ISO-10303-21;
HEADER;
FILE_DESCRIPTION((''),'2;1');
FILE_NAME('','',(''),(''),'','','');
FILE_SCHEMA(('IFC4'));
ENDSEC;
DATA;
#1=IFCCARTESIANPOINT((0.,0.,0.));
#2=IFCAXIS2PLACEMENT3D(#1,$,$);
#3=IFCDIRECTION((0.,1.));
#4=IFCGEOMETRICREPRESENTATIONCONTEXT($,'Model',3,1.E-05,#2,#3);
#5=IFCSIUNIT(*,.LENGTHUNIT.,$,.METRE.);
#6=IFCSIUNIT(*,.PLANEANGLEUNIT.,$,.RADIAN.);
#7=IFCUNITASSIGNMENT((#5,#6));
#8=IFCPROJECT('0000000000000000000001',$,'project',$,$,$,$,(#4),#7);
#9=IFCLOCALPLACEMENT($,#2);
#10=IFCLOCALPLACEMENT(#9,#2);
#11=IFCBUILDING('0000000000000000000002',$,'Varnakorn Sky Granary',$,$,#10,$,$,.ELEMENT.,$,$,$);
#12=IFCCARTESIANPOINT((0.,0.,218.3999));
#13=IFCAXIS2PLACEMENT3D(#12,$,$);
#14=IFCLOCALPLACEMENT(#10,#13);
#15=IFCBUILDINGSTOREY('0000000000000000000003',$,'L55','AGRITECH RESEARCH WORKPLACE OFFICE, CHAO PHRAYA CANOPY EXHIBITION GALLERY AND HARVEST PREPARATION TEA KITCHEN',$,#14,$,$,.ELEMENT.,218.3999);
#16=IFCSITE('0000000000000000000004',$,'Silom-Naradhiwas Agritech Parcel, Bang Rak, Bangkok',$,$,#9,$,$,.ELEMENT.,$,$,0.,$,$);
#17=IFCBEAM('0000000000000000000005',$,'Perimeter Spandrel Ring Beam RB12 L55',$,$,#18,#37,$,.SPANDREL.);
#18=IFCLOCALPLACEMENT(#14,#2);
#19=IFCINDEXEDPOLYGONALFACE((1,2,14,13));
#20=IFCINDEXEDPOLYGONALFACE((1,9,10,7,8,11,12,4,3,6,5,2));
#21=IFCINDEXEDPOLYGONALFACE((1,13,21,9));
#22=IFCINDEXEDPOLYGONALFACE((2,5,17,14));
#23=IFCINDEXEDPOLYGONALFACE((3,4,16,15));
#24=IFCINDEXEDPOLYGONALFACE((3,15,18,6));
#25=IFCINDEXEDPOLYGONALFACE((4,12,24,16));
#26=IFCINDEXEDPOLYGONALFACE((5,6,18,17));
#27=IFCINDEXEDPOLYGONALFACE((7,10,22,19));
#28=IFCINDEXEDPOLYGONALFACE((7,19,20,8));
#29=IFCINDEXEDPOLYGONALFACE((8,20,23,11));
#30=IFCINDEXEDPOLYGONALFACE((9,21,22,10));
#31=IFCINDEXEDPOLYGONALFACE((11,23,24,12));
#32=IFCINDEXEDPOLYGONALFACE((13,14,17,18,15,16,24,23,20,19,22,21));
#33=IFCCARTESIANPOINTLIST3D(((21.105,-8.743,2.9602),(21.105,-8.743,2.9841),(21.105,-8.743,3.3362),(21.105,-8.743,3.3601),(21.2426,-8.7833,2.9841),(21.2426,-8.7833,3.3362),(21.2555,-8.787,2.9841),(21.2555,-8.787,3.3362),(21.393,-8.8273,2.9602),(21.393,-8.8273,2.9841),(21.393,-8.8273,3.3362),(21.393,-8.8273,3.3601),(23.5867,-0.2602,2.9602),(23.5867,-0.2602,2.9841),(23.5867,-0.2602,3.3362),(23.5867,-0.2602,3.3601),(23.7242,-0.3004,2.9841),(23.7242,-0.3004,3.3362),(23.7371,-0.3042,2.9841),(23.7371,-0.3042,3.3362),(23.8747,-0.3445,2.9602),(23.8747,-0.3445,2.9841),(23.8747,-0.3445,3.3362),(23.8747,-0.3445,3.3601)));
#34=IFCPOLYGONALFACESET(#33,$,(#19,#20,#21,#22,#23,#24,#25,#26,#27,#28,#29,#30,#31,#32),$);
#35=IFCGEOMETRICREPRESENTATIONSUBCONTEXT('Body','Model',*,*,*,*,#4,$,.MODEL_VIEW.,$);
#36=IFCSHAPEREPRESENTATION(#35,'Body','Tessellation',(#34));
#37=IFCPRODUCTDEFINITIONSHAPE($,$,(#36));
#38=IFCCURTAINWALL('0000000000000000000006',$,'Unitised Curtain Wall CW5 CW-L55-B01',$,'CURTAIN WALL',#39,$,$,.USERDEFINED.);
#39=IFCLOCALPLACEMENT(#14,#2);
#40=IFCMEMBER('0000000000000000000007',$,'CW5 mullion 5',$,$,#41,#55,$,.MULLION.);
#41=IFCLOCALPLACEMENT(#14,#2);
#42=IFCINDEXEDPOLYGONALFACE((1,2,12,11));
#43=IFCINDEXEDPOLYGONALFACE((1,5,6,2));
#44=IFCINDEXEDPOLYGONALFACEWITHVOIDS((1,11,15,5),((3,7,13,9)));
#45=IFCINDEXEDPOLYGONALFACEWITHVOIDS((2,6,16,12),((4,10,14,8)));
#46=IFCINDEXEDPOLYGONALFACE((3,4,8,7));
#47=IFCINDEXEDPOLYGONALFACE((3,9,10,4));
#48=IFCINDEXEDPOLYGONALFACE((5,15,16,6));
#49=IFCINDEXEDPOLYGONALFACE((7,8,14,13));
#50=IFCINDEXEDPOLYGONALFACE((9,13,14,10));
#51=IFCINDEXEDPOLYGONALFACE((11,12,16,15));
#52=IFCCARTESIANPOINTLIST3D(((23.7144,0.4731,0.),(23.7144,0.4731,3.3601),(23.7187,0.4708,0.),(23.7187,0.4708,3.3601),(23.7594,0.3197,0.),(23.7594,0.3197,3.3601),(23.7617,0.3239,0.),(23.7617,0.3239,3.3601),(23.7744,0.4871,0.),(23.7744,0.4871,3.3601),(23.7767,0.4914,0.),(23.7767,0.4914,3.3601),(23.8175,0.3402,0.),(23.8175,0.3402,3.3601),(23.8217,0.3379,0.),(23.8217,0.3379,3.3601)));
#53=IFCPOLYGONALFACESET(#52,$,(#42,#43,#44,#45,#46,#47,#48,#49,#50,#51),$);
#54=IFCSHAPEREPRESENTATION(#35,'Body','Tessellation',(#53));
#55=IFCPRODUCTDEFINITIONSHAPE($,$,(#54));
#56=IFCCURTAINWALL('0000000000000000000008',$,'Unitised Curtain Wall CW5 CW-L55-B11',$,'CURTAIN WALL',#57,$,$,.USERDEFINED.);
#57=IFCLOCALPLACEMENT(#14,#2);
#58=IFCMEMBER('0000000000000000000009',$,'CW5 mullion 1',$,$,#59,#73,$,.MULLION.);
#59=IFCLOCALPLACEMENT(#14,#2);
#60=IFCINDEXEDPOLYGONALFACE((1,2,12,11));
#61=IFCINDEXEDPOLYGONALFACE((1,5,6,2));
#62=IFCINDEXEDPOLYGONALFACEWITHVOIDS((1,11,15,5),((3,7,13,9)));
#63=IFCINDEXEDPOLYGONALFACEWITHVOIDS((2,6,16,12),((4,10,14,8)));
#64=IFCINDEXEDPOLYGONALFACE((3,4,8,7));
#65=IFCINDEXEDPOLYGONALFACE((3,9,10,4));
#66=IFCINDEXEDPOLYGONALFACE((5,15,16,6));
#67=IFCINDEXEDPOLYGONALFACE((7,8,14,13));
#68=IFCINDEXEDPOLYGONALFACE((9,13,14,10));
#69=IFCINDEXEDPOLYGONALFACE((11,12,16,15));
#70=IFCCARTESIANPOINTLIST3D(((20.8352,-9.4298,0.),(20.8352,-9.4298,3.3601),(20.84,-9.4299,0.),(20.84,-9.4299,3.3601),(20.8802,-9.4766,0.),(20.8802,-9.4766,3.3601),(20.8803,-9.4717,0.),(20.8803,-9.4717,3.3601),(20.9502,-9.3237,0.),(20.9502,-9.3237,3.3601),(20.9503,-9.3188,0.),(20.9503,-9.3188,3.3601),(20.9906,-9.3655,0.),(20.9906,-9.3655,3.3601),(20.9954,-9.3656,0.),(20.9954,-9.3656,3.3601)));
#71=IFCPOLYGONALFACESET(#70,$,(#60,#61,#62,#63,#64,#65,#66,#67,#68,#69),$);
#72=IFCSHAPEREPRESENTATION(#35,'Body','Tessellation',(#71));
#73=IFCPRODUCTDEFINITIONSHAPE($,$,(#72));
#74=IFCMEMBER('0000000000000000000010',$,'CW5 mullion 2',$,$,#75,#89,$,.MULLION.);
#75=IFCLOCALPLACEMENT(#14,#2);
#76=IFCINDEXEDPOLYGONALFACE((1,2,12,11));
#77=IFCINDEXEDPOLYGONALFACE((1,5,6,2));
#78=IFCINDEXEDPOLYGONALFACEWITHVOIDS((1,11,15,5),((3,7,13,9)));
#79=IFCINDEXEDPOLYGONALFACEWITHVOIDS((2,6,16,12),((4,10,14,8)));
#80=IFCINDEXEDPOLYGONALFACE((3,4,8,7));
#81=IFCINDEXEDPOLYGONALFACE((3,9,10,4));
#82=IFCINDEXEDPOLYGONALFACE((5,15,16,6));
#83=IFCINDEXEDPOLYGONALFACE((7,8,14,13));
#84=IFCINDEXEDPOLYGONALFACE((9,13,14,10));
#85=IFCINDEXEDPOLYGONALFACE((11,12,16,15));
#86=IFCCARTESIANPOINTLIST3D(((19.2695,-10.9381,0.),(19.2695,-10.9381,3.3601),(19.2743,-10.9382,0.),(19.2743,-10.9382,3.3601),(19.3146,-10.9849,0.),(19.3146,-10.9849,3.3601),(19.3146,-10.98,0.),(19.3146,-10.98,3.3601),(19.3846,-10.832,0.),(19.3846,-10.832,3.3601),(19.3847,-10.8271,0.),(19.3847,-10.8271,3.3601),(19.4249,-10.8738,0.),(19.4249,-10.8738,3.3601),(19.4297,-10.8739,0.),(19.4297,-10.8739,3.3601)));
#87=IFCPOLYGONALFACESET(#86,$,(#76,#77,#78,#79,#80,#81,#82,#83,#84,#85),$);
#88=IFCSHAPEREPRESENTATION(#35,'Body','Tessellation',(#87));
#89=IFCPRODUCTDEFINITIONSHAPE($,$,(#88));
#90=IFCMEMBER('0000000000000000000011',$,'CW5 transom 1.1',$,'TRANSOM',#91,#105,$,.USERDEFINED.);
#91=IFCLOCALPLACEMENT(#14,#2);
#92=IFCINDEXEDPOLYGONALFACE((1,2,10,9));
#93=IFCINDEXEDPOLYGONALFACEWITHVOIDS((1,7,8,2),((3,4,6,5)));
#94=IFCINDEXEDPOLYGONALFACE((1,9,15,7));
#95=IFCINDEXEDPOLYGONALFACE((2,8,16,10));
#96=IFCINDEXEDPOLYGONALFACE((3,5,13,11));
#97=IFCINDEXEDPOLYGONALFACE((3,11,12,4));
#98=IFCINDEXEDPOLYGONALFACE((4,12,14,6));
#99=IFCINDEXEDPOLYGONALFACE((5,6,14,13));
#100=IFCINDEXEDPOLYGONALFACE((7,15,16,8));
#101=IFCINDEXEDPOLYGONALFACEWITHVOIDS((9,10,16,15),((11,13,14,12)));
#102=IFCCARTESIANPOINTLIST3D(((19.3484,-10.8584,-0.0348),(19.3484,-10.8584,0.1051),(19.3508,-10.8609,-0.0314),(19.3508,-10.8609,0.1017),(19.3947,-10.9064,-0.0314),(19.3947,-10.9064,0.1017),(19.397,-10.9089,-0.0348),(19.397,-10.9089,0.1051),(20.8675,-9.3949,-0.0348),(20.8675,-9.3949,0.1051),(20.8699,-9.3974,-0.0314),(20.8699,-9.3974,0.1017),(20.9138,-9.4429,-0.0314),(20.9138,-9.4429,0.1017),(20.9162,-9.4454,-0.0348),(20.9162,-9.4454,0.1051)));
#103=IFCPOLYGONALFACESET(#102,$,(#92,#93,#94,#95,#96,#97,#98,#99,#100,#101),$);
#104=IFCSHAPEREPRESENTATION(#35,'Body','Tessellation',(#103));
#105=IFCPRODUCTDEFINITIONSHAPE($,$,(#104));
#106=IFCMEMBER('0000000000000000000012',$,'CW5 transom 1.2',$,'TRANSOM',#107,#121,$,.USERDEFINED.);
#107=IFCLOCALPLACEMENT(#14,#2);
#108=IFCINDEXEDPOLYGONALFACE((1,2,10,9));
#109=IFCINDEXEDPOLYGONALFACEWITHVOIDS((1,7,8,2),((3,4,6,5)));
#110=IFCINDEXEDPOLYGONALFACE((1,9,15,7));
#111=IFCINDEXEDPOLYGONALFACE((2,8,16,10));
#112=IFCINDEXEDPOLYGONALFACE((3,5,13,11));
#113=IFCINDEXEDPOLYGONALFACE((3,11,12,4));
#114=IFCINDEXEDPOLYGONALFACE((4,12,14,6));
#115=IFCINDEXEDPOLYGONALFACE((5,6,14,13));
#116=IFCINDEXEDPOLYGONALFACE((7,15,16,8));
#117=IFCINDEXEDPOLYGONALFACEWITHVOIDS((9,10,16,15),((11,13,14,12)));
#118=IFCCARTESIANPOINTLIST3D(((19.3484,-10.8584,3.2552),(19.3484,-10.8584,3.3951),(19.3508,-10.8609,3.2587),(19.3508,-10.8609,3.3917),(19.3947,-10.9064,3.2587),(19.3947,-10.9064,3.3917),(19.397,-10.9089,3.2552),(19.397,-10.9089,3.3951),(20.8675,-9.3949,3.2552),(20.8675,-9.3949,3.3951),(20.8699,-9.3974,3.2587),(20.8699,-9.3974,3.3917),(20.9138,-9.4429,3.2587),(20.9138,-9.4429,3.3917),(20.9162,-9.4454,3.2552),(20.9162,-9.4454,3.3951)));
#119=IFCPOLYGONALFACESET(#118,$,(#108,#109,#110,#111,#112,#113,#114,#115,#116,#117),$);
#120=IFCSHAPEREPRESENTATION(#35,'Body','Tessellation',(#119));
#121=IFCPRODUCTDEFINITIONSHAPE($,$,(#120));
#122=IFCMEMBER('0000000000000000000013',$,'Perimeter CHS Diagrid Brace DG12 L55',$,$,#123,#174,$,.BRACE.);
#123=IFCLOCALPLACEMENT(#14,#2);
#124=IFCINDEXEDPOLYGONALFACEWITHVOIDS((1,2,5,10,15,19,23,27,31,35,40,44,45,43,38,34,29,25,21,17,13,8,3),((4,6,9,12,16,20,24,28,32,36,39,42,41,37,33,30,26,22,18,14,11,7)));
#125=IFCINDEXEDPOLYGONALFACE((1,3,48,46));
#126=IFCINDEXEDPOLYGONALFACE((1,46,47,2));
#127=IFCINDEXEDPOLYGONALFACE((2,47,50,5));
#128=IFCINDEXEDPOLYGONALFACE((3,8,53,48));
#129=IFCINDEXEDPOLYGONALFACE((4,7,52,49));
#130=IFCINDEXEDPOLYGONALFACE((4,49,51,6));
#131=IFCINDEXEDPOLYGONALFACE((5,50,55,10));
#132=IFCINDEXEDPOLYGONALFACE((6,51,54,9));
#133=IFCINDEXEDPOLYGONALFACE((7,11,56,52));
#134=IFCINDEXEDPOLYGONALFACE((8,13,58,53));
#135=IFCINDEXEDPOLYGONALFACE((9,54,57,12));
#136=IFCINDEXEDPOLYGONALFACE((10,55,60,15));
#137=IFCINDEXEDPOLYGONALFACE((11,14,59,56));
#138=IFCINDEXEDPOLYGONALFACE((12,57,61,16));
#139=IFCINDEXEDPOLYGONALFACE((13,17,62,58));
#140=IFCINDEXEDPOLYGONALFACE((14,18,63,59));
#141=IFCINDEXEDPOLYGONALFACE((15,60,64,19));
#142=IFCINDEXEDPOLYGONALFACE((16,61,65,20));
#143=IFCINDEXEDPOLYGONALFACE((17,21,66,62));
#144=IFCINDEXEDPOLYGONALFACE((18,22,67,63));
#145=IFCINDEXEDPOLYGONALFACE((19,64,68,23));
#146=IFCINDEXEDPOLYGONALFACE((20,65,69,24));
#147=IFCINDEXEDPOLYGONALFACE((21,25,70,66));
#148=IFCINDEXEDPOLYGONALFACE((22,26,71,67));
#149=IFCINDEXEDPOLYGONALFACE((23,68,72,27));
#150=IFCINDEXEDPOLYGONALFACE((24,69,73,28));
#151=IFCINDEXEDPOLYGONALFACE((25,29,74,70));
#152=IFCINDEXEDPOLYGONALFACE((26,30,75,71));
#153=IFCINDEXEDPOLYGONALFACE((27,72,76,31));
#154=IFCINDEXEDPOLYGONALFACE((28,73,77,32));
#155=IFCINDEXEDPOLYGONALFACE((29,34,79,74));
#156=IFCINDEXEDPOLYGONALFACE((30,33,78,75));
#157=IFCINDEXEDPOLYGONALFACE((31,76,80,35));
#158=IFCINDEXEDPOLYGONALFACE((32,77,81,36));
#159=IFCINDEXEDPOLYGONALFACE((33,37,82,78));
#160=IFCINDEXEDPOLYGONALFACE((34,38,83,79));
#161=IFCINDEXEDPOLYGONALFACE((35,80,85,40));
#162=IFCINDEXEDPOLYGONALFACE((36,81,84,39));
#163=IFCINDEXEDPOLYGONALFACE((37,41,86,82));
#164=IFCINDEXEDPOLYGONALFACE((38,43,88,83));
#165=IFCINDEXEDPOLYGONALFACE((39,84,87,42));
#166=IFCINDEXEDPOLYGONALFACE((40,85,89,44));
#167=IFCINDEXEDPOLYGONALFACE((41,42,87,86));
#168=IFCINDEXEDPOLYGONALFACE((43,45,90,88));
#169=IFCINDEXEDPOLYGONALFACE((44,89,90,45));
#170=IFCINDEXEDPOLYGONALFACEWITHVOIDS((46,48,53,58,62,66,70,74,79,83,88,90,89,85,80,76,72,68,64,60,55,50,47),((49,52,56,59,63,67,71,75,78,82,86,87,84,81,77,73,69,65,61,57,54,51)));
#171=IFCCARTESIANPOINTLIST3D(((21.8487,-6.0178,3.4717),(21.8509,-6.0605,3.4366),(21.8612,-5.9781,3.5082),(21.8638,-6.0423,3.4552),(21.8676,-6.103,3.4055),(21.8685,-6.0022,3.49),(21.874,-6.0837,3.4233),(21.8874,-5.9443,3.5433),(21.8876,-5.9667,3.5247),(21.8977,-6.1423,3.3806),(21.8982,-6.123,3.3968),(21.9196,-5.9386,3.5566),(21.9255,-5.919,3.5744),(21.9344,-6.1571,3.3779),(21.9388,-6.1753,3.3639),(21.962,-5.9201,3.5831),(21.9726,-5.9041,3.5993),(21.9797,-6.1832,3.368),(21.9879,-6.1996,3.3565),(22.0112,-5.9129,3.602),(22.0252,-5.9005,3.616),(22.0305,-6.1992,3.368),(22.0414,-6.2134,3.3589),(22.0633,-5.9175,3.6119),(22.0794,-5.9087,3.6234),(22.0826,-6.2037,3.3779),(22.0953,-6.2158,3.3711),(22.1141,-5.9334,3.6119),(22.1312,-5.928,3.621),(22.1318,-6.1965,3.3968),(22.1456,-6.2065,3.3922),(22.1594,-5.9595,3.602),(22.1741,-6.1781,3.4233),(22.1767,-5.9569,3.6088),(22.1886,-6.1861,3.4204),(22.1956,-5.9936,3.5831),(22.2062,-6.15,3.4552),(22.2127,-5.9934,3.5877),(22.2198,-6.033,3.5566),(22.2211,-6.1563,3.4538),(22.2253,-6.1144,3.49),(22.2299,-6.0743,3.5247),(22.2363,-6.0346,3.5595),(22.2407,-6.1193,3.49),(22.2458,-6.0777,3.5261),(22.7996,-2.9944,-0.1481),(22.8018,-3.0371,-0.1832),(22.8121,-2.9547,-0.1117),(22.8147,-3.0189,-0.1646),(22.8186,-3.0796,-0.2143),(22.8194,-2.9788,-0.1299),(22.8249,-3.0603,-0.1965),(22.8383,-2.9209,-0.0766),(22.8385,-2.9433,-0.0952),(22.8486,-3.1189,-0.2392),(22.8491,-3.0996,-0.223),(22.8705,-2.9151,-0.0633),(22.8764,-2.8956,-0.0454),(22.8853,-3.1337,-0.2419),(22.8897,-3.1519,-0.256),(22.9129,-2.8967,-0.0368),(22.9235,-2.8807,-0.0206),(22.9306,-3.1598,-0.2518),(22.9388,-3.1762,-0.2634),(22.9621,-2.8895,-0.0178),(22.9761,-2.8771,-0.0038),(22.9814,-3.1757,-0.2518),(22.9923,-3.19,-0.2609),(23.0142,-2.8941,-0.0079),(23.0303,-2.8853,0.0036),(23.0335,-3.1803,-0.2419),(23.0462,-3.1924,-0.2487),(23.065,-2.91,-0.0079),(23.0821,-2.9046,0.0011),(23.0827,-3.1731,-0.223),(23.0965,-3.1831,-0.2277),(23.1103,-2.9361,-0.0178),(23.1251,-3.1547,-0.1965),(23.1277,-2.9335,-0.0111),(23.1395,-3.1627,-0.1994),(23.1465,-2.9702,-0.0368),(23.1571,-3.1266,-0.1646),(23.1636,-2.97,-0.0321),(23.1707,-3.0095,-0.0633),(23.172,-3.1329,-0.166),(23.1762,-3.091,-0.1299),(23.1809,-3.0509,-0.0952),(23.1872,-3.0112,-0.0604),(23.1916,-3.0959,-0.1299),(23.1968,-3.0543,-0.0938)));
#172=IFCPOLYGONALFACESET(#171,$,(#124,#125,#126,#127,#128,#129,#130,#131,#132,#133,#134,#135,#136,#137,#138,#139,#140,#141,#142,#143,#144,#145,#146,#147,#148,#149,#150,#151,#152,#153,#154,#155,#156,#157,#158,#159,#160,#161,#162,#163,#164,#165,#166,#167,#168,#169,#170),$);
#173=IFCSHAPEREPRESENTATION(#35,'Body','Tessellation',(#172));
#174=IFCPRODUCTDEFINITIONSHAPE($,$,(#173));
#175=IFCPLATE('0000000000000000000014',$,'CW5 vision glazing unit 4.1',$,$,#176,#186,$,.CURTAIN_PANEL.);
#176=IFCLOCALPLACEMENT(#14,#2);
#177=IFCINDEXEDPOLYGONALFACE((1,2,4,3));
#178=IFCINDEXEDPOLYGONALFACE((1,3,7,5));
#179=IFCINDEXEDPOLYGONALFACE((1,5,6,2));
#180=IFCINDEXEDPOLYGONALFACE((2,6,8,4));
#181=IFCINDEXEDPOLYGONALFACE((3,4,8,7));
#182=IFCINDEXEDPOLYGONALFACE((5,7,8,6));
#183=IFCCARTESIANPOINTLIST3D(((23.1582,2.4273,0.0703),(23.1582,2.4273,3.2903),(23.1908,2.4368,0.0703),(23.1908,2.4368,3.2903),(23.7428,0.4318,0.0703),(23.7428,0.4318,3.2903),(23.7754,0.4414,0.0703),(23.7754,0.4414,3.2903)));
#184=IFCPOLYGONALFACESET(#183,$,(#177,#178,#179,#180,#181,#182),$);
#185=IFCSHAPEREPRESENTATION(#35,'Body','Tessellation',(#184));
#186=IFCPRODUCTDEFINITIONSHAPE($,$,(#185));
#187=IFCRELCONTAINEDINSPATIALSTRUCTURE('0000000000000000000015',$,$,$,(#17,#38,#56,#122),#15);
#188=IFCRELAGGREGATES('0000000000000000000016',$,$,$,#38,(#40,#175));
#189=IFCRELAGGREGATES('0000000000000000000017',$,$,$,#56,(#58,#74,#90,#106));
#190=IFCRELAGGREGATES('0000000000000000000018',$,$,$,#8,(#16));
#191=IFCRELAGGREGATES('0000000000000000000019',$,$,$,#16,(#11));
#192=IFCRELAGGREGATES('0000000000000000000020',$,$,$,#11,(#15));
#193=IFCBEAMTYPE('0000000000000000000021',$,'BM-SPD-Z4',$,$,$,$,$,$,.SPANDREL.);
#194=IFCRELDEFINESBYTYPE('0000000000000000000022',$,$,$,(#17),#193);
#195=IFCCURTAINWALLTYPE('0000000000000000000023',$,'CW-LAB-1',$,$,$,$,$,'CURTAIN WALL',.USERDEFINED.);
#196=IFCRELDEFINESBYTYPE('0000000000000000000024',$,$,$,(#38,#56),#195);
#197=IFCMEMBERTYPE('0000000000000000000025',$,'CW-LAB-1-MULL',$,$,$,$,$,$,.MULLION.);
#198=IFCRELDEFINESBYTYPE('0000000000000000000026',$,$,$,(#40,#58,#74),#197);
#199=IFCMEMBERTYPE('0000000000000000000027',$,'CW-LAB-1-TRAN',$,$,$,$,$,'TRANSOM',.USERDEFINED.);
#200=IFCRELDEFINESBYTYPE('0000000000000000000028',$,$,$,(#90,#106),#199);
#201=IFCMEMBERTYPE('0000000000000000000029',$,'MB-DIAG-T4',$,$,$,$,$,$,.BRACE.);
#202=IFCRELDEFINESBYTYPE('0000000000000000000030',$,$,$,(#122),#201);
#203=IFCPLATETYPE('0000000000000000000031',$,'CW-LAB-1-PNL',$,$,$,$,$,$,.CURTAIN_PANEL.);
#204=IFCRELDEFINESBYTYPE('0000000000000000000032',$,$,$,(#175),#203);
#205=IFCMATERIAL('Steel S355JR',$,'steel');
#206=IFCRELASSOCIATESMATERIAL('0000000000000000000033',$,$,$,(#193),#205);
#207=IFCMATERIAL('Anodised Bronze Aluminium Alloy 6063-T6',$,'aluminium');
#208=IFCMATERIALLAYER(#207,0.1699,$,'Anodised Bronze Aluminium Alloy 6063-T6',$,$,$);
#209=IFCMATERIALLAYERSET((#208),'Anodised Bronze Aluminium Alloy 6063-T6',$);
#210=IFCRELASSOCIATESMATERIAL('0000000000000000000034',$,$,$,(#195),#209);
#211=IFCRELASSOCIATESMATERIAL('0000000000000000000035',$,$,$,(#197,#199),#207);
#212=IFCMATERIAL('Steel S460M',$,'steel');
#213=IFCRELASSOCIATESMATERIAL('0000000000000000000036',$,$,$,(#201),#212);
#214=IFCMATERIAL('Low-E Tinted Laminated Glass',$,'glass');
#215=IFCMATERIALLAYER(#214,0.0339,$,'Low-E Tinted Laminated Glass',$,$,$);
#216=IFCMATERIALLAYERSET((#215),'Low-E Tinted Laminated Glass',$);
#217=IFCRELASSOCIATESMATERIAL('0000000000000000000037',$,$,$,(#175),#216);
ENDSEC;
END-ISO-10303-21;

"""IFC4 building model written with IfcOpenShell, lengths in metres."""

from ifc_helpers import new_model, si_unit, direction, frame, origin, origin_2d, place, context, subcontext, project, spatial, rectangle, hollow_rectangle, hollow_circle, i_section, extrude, source, transform, mapped, material, layer, layer_set, material_profile, profile_set, type_object, element, aggregate, save


model = new_model("IFC4")

# Units and contexts
model_context = context("Model", 3, precision=1e-05, world=origin(), true_north=direction((0.0, 1.0)))
body_context = subcontext(model_context, "Body", "Model", "MODEL_VIEW")
ifc_project = project(units=[si_unit("LENGTHUNIT", "METRE"), si_unit("PLANEANGLEUNIT", "RADIAN")], contexts=[model_context])

# Site, building, storey
site_placement = place(None, origin())
site = spatial("IfcSite", under=ifc_project, at=site_placement, Name="Silom-Naradhiwas Agritech Parcel, Bang Rak, Bangkok", CompositionType="ELEMENT", RefElevation=0.0)
building_placement = place(site_placement, origin())
building = spatial("IfcBuilding", under=site, at=building_placement, Name="Varnakorn Sky Granary", CompositionType="ELEMENT")
storey_placement = place(building_placement, frame((0.0, 0.0, 218.3999)))
storey = spatial("IfcBuildingStorey", under=building, at=storey_placement, Name="L55", Description="AGRITECH RESEARCH WORKPLACE OFFICE, CHAO PHRAYA CANOPY EXHIBITION GALLERY AND HARVEST PREPARATION TEA KITCHEN", CompositionType="ELEMENT", Elevation=218.3999)

# Shared definitions
ifc_material_1 = material(Name="Steel S460M", Category="steel")

# Beam
ifc_material_2 = material(Name="Steel S355JR", Category="steel")
ifc_material_profile_1 = material_profile(ifc_material_2, i_section(OverallWidth=0.3, OverallDepth=0.3999, WebThickness=0.0134, FlangeThickness=0.0239, at=origin_2d()), Name="HE 400 B")
ifc_profile_set_1 = profile_set([ifc_material_profile_1], Name="Steel S355JR")
beam_type_1 = type_object("IfcBeamType", Name="BM-SPD-Z4", PredefinedType="SPANDREL", material=ifc_profile_set_1)
for number, where, z_axis, x_axis, name in (
    (1, (21.249, -8.7852, 3.1602), (0.280783, 0.959771, 0.0), (-0.959771, 0.280783, 0.0), "Perimeter Spandrel Ring Beam RB12 L55"),
):
    element("IfcBeam", number, at=place(storey_placement, frame(where, z_axis=z_axis, x_axis=x_axis)), inside=storey, type_object=beam_type_1, Name=name, PredefinedType="SPANDREL", context=body_context, shape_type="SweptSolid", body=[
        extrude(i_section(OverallWidth=0.3, OverallDepth=0.3999, WebThickness=0.0134, FlangeThickness=0.0239, at=origin_2d()), origin(), (0.0, 0.0, 1.0), 8.8384),
    ])

# Curtain wall, member
ifc_material_3 = material(Name="Anodised Bronze Aluminium Alloy 6063-T6", Category="aluminium")
ifc_layer_1 = layer(ifc_material_3, 0.1699, Name="Anodised Bronze Aluminium Alloy 6063-T6")
ifc_layer_set_1 = layer_set([ifc_layer_1], Name="Anodised Bronze Aluminium Alloy 6063-T6")
curtain_wall_type = type_object("IfcCurtainWallType", Name="CW-LAB-1", ElementType="CURTAIN WALL", PredefinedType="USERDEFINED", material=ifc_layer_set_1)
curtain_wall_1_placement = place(storey_placement, origin())
curtain_wall_1 = element("IfcCurtainWall", 2, at=curtain_wall_1_placement, inside=storey, type_object=curtain_wall_type, Name="Unitised Curtain Wall CW5 CW-L55-B01", ObjectType="CURTAIN WALL", PredefinedType="USERDEFINED")
ifc_material_profile_2 = material_profile(ifc_material_3, hollow_rectangle(XDim=0.0649, YDim=0.1599, WallThickness=0.0034, at=origin_2d()), Name="ALU MULL 65x160")
ifc_profile_set_2 = profile_set([ifc_material_profile_2], Name="Anodised Bronze Aluminium Alloy 6063-T6")
member_type_1 = type_object("IfcMemberType", Name="CW-LAB-1-MULL", PredefinedType="MULLION", material=ifc_profile_set_2)
member_1_placement = place(storey_placement, frame((23.7681, 0.4055, 0.0), z_axis=(0.0, 0.0, 1.0), x_axis=(0.959664, 0.28115, 0.0)))
member_1 = element("IfcMember", 3, at=member_1_placement, type_object=member_type_1, Name="CW5 mullion 5", PredefinedType="MULLION", context=body_context, shape_type="SweptSolid", body=[
    extrude(hollow_rectangle(XDim=0.0649, YDim=0.1599, WallThickness=0.0034, at=origin_2d()), origin(), (0.0, 0.0, 1.0), 3.3601),
])

# Curtain wall, members
curtain_wall_2_placement = place(storey_placement, origin())
curtain_wall_2 = element("IfcCurtainWall", 4, at=curtain_wall_2_placement, inside=storey, type_object=curtain_wall_type, Name="Unitised Curtain Wall CW5 CW-L55-B11", ObjectType="CURTAIN WALL", PredefinedType="USERDEFINED")
member_2_placement = place(storey_placement, frame((20.9153, -9.3977, 0.0), z_axis=(0.0, 0.0, 1.0), x_axis=(0.693785, -0.720182, 0.0)))
member_2 = element("IfcMember", 5, at=member_2_placement, type_object=member_type_1, Name="CW5 mullion 1", PredefinedType="MULLION", context=body_context, shape_type="SweptSolid", body=[
    extrude(hollow_rectangle(XDim=0.0649, YDim=0.1599, WallThickness=0.0034, at=origin_2d()), origin(), (0.0, 0.0, 1.0), 3.3601),
])
member_3_placement = place(storey_placement, frame((19.3496, -10.906, 0.0), z_axis=(0.0, 0.0, 1.0), x_axis=(0.693785, -0.720182, 0.0)))
member_3 = element("IfcMember", 6, at=member_3_placement, type_object=member_type_1, Name="CW5 mullion 2", PredefinedType="MULLION", context=body_context, shape_type="SweptSolid", body=[
    extrude(hollow_rectangle(XDim=0.0649, YDim=0.1599, WallThickness=0.0034, at=origin_2d()), origin(), (0.0, 0.0, 1.0), 3.3601),
])
ifc_material_profile_3 = material_profile(ifc_material_3, hollow_rectangle(XDim=0.0701, YDim=0.1399, WallThickness=0.0034, at=origin_2d()), Name="ALU TRAN 70x140")
ifc_profile_set_3 = profile_set([ifc_material_profile_3], Name="Anodised Bronze Aluminium Alloy 6063-T6")
member_type_2 = type_object("IfcMemberType", Name="CW-LAB-1-TRAN", ElementType="TRANSOM", PredefinedType="USERDEFINED", material=ifc_profile_set_3)
member_4_placement = place(storey_placement, frame((20.8918, -9.4202, 0.0352), z_axis=(-0.720179, -0.693788, 0.0), x_axis=(0.693788, -0.720179, 0.0)))
member_4 = element("IfcMember", 7, at=member_4_placement, type_object=member_type_2, Name="CW5 transom 1.1", ObjectType="TRANSOM", PredefinedType="USERDEFINED", context=body_context, shape_type="SweptSolid", body=[
    extrude(hollow_rectangle(XDim=0.0701, YDim=0.1399, WallThickness=0.0034, at=origin_2d()), origin(), (0.0, 0.0, 1.0), 2.1094),
])
member_5_placement = place(storey_placement, frame((20.8918, -9.4202, 3.3252), z_axis=(-0.720179, -0.693788, 0.0), x_axis=(0.693788, -0.720179, 0.0)))
member_5 = element("IfcMember", 8, at=member_5_placement, type_object=member_type_2, Name="CW5 transom 1.2", ObjectType="TRANSOM", PredefinedType="USERDEFINED", context=body_context, shape_type="SweptSolid", body=[
    extrude(hollow_rectangle(XDim=0.0701, YDim=0.1399, WallThickness=0.0034, at=origin_2d()), origin(), (0.0, 0.0, 1.0), 2.1094),
])

# Member
ifc_material_profile_4 = material_profile(ifc_material_1, hollow_circle(Radius=0.2031, WallThickness=0.0161, at=origin_2d()), Name="CHS 406.4x16")
ifc_profile_set_4 = profile_set([ifc_material_profile_4], Name="Steel S460M")
member_type_3 = type_object("IfcMemberType", Name="MB-DIAG-T4", PredefinedType="BRACE", material=ifc_profile_set_4)
member_6_placement = place(storey_placement, frame((22.9978, -3.0349, -0.1299), z_axis=(-0.197643, -0.628399, 0.752364), x_axis=(0.95393, -0.300029, 0.0)))
element("IfcMember", 9, at=member_6_placement, inside=storey, type_object=member_type_3, Name="Perimeter CHS Diagrid Brace DG12 L55", PredefinedType="BRACE", context=body_context, shape_type="SweptSolid", body=[
    extrude(hollow_circle(Radius=0.2031, WallThickness=0.0161, at=origin_2d()), origin(), (0.0, 0.0, 1.0), 4.8113),
])

# Plate
ifc_material_4 = material(Name="Low-E Tinted Laminated Glass", Category="glass")
ifc_layer_2 = layer(ifc_material_4, 0.0339, Name="Low-E Tinted Laminated Glass")
ifc_layer_set_2 = layer_set([ifc_layer_2], Name="Low-E Tinted Laminated Glass")
plate_type = type_object("IfcPlateType", Name="CW-LAB-1-PNL", PredefinedType="CURTAIN_PANEL")
shared_shape_1 = source(origin(), body_context, "Body", "SweptSolid", [
    extrude(rectangle(XDim=2.0793, YDim=0.0339, at=origin_2d()), origin(), (0.0, 0.0, 1.0), 3.22),
])
plate_1_placement = place(storey_placement, frame((23.4668, 1.4343, 0.0703), z_axis=(0.0, 0.0, 1.0), x_axis=(0.28115, -0.959664, 0.0)))
plate_1 = element("IfcPlate", 10, at=plate_1_placement, type_object=plate_type, material=ifc_layer_set_2, Name="CW5 vision glazing unit 4.1", PredefinedType="CURTAIN_PANEL", context=body_context, shape_type="MappedRepresentation", body=[
    mapped(shared_shape_1, transform((0.0, 0.0, 0.0), x_axis=(1.0, 0.0, 0.0), y_axis=(0.0, 1.0, 0.0), z_axis=(0.0, 0.0, 1.0), scale=1.0)),
])
aggregate(curtain_wall_1, [member_1, plate_1])
aggregate(curtain_wall_2, [member_2, member_3, member_4, member_5])

save(model, "model.ifc")
